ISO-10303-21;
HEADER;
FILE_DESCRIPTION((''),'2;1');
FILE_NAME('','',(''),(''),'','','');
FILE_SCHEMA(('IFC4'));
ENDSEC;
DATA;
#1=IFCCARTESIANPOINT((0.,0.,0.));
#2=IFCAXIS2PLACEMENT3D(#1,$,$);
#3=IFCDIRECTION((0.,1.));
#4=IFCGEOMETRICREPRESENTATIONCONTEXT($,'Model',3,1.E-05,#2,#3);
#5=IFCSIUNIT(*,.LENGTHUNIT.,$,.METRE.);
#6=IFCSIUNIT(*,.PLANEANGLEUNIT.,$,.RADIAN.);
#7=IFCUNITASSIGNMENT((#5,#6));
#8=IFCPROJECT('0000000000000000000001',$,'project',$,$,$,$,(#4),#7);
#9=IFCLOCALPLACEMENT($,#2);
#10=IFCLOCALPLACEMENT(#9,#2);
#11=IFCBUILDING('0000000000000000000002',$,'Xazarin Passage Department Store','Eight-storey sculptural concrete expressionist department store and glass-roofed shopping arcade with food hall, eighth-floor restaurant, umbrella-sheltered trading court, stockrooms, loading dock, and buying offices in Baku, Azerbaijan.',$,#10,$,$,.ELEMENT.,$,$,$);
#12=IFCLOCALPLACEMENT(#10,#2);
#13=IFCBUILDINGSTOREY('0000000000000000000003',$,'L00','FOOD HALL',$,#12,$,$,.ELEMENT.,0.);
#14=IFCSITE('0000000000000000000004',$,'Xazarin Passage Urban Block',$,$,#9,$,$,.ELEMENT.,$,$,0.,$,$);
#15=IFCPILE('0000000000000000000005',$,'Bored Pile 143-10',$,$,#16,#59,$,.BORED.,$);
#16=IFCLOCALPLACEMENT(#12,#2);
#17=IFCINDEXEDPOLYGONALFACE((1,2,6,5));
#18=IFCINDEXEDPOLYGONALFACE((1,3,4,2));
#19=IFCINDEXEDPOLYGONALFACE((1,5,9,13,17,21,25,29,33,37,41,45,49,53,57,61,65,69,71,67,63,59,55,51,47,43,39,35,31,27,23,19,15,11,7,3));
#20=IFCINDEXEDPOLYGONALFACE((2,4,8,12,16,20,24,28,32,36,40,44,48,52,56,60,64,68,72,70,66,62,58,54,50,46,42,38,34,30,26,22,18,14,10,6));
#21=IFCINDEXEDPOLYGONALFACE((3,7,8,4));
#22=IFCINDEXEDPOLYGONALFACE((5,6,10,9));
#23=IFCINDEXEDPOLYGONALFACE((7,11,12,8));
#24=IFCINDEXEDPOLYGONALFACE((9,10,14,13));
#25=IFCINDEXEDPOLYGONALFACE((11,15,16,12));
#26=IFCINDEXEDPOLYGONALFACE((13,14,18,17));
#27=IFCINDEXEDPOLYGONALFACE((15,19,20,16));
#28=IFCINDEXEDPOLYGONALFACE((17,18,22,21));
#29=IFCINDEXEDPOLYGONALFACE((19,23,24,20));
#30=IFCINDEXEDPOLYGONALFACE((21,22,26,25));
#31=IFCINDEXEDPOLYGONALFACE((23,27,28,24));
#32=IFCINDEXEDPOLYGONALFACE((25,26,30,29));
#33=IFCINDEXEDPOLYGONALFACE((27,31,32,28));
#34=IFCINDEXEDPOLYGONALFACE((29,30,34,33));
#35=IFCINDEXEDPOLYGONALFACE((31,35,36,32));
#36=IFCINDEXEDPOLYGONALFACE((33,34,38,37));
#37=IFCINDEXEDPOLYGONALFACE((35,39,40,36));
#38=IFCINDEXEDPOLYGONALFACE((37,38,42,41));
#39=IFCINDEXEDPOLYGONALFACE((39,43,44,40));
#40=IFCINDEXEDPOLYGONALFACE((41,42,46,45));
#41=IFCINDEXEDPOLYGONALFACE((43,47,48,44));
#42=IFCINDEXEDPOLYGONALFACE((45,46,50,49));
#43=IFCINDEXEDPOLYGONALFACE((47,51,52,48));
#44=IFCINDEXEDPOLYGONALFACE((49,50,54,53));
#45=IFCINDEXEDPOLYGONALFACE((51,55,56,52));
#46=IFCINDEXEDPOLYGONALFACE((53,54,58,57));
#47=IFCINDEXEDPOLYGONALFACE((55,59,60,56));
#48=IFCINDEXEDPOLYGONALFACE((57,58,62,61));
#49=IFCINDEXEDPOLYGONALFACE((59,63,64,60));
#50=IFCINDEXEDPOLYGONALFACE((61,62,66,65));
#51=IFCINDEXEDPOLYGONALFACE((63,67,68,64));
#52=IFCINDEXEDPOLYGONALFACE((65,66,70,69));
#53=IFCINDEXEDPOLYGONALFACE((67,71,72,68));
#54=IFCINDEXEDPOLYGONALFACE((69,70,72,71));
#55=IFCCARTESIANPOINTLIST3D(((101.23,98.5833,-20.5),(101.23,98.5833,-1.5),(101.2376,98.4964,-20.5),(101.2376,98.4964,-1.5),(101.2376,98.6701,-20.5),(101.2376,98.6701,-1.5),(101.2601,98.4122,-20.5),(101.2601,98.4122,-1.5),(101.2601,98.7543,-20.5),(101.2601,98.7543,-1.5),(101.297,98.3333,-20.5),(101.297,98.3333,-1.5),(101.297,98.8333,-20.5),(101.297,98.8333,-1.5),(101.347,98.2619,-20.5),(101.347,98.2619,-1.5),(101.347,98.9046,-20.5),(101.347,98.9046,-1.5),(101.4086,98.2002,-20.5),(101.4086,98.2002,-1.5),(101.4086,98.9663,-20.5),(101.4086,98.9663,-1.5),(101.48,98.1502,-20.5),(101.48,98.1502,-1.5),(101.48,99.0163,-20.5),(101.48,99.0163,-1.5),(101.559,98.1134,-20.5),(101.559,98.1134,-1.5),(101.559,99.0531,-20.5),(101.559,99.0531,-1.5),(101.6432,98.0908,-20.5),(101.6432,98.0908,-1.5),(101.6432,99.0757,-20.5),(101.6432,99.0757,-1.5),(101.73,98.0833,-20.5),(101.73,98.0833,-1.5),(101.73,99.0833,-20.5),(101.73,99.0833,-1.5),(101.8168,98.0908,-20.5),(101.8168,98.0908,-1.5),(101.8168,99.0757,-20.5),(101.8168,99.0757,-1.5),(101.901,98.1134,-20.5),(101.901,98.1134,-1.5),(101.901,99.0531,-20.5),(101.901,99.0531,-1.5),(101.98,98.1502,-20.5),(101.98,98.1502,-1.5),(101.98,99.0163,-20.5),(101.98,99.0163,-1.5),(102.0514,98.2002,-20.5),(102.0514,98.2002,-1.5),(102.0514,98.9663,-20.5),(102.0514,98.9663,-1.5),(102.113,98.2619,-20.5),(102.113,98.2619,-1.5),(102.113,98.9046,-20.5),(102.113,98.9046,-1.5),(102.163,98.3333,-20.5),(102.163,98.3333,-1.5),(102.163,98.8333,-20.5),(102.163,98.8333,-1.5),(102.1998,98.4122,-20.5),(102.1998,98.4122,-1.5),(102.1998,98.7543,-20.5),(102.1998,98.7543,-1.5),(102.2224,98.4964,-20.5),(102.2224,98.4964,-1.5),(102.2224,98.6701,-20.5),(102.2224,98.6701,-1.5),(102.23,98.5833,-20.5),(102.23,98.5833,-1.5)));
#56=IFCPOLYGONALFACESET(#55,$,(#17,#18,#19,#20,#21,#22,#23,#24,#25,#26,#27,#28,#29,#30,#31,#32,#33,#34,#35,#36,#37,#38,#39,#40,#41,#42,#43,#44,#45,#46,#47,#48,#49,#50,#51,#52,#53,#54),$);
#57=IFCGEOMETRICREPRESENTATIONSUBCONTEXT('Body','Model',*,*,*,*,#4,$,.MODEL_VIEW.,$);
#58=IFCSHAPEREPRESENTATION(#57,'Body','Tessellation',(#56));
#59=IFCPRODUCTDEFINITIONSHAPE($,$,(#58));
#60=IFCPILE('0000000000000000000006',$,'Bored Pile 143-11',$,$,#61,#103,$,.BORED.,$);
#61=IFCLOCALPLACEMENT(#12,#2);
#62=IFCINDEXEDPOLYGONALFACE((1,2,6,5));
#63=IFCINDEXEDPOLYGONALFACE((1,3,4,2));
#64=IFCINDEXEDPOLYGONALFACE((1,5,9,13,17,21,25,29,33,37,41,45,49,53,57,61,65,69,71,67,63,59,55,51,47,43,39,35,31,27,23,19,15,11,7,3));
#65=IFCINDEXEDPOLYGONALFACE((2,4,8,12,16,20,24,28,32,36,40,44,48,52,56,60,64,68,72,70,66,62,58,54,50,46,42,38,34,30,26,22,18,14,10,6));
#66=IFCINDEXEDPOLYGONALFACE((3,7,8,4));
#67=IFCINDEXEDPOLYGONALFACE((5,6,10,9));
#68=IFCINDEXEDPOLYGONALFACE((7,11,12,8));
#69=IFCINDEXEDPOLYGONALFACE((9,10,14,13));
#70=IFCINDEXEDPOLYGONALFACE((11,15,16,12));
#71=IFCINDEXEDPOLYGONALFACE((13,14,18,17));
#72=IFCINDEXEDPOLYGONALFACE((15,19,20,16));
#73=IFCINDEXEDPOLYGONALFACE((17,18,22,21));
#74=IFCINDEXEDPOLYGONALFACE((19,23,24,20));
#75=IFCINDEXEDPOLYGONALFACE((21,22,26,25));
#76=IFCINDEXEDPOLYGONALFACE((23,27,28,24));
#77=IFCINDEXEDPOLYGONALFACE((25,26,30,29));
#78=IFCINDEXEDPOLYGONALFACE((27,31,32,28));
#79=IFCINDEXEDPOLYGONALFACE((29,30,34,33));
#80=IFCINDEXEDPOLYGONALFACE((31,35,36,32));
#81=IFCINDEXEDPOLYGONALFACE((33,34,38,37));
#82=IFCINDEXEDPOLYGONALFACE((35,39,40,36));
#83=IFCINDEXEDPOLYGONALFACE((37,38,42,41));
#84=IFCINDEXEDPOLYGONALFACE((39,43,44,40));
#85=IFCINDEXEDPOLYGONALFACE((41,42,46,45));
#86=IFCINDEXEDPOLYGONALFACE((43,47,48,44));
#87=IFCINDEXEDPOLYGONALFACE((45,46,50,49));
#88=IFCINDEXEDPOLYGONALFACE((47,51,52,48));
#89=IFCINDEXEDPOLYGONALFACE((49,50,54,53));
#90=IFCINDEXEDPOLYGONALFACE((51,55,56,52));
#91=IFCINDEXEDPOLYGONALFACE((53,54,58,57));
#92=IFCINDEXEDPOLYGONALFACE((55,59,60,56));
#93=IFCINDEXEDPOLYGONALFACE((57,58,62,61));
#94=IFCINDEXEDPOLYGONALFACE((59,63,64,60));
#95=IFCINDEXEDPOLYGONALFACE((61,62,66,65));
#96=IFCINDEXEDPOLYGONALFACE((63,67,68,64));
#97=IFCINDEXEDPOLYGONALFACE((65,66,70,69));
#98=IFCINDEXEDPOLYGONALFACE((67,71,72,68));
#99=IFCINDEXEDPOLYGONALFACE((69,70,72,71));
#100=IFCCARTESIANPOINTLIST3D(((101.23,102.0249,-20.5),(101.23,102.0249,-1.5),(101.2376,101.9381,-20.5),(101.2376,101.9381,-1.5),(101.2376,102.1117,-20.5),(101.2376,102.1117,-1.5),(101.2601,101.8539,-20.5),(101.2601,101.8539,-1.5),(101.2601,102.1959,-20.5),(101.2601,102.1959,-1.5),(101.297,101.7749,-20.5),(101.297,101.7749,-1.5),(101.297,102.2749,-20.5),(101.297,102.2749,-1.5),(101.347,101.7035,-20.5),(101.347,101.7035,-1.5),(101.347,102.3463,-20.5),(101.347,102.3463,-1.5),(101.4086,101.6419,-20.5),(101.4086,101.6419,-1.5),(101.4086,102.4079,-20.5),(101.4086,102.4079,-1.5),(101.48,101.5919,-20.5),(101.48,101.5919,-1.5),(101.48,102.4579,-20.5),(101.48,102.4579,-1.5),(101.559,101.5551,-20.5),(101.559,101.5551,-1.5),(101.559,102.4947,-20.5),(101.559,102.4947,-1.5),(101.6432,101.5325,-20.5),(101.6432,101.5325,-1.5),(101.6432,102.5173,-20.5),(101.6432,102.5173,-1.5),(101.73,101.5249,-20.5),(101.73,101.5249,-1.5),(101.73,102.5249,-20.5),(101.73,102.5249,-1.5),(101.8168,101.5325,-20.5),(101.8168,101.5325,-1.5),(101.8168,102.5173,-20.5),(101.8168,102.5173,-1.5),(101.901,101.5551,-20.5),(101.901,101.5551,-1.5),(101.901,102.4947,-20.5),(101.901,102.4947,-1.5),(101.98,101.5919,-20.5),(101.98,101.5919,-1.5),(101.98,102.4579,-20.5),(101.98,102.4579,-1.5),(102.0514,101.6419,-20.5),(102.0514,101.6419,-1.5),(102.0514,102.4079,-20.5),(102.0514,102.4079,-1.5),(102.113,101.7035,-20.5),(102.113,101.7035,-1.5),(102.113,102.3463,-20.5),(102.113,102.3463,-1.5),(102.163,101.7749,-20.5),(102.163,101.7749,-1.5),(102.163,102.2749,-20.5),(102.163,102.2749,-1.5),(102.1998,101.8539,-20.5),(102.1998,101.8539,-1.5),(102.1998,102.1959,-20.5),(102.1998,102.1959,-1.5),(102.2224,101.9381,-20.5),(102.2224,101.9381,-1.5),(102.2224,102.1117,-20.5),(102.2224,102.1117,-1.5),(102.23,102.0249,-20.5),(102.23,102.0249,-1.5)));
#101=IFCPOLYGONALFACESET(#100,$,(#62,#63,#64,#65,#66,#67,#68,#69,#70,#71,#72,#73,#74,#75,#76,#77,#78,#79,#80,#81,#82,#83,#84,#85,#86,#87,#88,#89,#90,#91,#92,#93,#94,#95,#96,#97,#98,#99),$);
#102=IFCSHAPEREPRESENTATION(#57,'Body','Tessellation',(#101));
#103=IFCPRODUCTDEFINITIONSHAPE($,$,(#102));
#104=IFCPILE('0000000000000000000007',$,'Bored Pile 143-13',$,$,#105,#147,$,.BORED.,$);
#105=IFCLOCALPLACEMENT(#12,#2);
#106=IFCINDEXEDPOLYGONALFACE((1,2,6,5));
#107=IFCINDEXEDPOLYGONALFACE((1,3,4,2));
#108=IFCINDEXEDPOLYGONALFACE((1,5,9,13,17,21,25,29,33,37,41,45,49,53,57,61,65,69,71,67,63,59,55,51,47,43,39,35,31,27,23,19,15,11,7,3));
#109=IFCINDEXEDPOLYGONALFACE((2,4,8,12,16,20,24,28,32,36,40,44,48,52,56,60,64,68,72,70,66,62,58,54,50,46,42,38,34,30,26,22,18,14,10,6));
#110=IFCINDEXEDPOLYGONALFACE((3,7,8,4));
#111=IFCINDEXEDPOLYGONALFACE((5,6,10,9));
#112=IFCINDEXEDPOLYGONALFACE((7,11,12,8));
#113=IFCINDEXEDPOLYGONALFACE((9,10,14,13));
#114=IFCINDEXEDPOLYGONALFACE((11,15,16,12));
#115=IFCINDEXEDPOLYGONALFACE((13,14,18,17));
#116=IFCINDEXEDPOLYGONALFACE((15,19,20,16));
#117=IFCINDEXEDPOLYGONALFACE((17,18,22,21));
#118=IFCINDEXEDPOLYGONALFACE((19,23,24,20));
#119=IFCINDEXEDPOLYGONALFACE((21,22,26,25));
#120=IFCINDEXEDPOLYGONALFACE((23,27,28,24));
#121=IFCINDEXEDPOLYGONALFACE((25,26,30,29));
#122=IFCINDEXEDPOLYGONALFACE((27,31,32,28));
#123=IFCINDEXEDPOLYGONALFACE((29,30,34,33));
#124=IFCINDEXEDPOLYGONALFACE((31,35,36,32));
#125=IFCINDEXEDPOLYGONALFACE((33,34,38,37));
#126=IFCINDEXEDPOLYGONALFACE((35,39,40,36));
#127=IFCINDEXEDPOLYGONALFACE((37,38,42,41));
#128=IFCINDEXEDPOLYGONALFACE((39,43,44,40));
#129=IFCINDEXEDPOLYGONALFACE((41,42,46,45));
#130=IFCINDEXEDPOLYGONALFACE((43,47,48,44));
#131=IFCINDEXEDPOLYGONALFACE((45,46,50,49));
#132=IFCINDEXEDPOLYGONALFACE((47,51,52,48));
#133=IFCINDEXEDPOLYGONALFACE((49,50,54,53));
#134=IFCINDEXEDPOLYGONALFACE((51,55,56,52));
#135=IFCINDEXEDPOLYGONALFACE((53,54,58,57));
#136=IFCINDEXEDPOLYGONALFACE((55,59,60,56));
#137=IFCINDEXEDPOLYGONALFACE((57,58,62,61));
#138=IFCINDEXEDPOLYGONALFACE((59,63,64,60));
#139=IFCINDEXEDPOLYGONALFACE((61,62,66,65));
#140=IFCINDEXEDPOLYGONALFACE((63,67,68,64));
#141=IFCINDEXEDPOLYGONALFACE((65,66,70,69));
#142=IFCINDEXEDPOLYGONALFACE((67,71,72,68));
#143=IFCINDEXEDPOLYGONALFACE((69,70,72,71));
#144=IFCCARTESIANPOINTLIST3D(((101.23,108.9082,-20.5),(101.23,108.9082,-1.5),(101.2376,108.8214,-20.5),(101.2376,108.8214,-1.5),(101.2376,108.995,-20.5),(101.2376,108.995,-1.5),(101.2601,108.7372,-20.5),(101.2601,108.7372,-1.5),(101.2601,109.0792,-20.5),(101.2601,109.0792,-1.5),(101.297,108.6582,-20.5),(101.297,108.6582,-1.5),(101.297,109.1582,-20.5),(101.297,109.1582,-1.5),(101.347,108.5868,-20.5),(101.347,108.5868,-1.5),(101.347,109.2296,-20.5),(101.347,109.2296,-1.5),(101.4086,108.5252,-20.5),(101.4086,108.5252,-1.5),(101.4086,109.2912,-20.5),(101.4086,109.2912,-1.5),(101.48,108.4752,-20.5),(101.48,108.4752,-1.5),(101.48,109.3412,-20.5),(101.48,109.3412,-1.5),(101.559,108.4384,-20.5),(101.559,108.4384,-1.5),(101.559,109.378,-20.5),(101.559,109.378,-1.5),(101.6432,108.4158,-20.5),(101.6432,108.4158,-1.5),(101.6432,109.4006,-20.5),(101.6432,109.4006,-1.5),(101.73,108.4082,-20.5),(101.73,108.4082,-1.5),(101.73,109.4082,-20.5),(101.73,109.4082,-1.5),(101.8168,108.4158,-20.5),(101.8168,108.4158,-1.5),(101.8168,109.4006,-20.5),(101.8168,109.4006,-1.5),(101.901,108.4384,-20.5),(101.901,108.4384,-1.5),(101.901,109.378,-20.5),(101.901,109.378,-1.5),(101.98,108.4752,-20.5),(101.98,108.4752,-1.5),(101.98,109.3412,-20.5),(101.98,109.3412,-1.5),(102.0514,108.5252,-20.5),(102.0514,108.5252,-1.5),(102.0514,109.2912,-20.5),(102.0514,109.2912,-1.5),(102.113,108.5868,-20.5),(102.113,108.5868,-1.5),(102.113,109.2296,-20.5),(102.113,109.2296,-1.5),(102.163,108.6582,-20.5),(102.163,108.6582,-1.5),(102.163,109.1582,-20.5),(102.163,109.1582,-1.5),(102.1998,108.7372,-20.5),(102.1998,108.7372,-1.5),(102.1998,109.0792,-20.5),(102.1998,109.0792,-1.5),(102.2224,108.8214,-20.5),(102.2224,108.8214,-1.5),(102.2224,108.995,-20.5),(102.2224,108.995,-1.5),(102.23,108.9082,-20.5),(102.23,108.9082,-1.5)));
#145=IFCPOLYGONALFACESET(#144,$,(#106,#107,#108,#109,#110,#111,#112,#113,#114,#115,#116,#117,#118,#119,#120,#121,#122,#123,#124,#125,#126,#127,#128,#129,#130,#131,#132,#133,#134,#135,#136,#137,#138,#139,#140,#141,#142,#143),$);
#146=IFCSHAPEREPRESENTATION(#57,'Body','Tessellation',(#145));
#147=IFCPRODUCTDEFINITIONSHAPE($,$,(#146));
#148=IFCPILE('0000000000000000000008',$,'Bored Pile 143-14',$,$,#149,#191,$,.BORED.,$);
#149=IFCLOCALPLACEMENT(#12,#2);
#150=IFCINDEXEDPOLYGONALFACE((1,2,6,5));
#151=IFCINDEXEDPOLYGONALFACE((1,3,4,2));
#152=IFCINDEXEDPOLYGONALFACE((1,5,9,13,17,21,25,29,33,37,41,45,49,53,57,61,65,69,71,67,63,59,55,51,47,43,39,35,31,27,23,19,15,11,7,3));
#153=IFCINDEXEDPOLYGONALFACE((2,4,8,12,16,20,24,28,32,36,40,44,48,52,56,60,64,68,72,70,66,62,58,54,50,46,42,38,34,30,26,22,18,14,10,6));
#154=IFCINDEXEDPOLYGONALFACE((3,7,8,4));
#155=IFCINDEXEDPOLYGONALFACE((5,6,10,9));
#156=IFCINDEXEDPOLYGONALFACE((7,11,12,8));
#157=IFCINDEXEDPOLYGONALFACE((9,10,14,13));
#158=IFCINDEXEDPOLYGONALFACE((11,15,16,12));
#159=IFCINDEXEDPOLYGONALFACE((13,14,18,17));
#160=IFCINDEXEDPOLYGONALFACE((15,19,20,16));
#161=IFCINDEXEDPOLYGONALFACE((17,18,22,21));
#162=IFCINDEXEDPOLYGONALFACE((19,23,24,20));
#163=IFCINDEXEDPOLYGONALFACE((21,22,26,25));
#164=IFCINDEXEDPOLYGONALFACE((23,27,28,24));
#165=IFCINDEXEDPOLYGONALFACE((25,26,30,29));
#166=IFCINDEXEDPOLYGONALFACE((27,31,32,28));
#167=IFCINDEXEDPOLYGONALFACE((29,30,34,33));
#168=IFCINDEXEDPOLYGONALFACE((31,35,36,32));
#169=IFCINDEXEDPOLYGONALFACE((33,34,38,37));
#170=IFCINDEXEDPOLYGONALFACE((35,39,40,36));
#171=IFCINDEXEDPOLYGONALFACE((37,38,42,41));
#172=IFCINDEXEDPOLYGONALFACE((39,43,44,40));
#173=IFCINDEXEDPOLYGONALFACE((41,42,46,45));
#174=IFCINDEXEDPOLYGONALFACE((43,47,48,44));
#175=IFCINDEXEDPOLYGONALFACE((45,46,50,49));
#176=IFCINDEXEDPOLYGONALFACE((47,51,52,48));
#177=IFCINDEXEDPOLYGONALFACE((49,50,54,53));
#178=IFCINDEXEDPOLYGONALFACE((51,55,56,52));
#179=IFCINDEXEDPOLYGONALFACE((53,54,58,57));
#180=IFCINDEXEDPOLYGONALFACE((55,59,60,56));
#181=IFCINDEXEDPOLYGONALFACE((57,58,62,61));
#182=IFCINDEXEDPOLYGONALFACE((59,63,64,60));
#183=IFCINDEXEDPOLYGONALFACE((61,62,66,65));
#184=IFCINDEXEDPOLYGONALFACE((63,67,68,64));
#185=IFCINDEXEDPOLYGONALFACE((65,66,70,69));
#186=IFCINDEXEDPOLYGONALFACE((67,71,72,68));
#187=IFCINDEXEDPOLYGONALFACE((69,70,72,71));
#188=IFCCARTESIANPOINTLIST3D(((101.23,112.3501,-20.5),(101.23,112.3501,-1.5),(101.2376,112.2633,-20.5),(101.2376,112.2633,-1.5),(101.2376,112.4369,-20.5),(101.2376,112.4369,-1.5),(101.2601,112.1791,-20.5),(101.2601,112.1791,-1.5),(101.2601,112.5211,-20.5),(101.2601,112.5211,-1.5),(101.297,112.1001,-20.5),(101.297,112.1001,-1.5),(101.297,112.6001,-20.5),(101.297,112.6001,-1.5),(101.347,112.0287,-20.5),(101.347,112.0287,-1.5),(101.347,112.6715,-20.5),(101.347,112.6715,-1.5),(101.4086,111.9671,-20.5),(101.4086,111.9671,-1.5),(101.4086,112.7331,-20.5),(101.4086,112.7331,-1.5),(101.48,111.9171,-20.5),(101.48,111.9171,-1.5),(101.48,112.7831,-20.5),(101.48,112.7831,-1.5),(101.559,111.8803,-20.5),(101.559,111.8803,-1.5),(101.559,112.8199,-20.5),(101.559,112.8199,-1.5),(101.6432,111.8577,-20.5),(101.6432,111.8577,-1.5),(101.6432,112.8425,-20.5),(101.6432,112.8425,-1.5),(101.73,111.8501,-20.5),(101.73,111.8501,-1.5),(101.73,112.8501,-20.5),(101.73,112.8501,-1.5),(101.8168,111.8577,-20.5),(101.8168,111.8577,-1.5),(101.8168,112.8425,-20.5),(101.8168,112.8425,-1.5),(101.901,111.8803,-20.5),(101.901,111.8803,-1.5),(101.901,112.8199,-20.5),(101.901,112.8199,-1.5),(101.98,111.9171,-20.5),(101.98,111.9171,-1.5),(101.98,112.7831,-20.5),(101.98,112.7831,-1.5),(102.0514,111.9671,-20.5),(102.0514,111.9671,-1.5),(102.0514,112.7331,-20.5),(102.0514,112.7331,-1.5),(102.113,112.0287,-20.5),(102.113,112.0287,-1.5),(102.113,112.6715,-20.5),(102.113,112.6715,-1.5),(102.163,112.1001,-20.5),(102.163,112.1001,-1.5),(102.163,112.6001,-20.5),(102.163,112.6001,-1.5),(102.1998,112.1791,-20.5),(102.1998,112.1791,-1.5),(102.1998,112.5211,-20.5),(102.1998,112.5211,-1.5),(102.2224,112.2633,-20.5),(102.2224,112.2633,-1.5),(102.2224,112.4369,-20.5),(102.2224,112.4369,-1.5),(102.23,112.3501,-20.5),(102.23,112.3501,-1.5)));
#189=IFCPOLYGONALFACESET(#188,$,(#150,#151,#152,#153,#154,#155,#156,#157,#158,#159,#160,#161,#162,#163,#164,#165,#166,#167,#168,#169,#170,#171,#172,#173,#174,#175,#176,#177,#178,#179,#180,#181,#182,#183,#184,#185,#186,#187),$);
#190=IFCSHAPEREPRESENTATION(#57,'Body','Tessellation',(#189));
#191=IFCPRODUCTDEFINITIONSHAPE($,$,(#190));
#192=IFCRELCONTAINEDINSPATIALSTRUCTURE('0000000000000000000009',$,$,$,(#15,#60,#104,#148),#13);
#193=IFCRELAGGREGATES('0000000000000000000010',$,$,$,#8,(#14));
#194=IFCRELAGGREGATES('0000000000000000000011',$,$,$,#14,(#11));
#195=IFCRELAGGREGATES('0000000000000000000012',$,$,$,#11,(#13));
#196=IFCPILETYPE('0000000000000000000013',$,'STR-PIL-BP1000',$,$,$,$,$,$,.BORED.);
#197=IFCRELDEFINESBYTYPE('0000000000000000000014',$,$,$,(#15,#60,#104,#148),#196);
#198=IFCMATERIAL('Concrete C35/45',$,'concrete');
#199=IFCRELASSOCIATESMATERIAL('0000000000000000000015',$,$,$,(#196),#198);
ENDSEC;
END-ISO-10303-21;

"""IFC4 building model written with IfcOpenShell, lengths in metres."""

from ifc_helpers import new_model, si_unit, direction, frame, origin, origin_2d, place, context, subcontext, project, spatial, circle, extrude, material, material_profile, profile_set, type_object, element, save


model = new_model("IFC4")

# Units and contexts
model_context = context("Model", 3, precision=1e-05, world=origin(), true_north=direction((0.0, 1.0)))
body_context = subcontext(model_context, "Body", "Model", "MODEL_VIEW")
ifc_project = project(units=[si_unit("LENGTHUNIT", "METRE"), si_unit("PLANEANGLEUNIT", "RADIAN")], contexts=[model_context])

# Site, building, storey
site_placement = place(None, origin())
site = spatial("IfcSite", under=ifc_project, at=site_placement, Name="Xazarin Passage Urban Block", CompositionType="ELEMENT", RefElevation=0.0)
building_placement = place(site_placement, origin())
building = spatial("IfcBuilding", under=site, at=building_placement, Name="Xazarin Passage Department Store", Description="Eight-storey sculptural concrete expressionist department store and glass-roofed shopping arcade with food hall, eighth-floor restaurant, umbrella-sheltered trading court, stockrooms, loading dock, and buying offices in Baku, Azerbaijan.", CompositionType="ELEMENT")
storey_placement = place(building_placement, origin())
storey = spatial("IfcBuildingStorey", under=building, at=storey_placement, Name="L00", Description="FOOD HALL", CompositionType="ELEMENT", Elevation=0.0)

# Piles
ifc_material_1 = material(Name="Concrete C35/45", Category="concrete")
ifc_material_profile_1 = material_profile(ifc_material_1, circle(Radius=0.5, at=origin_2d()), Name="BP 1000")
ifc_profile_set_1 = profile_set([ifc_material_profile_1], Name="Concrete C35/45")
pile_type_1 = type_object("IfcPileType", Name="STR-PIL-BP1000", PredefinedType="BORED", material=ifc_profile_set_1)
for number, where, z_axis, x_axis, name in (
    (1, (101.73, 98.5833, -1.5), (0.0, 0.0, -1.0), (1.0, 0.0, 0.0), "Bored Pile 143-10"),
    (2, (101.73, 102.0249, -1.5), (0.0, 0.0, -1.0), (1.0, 0.0, 0.0), "Bored Pile 143-11"),
    (3, (101.73, 108.9082, -1.5), (0.0, 0.0, -1.0), (1.0, 0.0, 0.0), "Bored Pile 143-13"),
    (4, (101.73, 112.3501, -1.5), (0.0, 0.0, -1.0), (1.0, 0.0, 0.0), "Bored Pile 143-14"),
):
    element("IfcPile", number, at=place(storey_placement, frame(where, z_axis=z_axis, x_axis=x_axis)), inside=storey, type_object=pile_type_1, Name=name, PredefinedType="BORED", context=body_context, shape_type="SweptSolid", body=[
        extrude(circle(Radius=0.5, at=origin_2d()), origin(), (0.0, 0.0, 1.0), 19.0),
    ])

save(model, "model.ifc")
